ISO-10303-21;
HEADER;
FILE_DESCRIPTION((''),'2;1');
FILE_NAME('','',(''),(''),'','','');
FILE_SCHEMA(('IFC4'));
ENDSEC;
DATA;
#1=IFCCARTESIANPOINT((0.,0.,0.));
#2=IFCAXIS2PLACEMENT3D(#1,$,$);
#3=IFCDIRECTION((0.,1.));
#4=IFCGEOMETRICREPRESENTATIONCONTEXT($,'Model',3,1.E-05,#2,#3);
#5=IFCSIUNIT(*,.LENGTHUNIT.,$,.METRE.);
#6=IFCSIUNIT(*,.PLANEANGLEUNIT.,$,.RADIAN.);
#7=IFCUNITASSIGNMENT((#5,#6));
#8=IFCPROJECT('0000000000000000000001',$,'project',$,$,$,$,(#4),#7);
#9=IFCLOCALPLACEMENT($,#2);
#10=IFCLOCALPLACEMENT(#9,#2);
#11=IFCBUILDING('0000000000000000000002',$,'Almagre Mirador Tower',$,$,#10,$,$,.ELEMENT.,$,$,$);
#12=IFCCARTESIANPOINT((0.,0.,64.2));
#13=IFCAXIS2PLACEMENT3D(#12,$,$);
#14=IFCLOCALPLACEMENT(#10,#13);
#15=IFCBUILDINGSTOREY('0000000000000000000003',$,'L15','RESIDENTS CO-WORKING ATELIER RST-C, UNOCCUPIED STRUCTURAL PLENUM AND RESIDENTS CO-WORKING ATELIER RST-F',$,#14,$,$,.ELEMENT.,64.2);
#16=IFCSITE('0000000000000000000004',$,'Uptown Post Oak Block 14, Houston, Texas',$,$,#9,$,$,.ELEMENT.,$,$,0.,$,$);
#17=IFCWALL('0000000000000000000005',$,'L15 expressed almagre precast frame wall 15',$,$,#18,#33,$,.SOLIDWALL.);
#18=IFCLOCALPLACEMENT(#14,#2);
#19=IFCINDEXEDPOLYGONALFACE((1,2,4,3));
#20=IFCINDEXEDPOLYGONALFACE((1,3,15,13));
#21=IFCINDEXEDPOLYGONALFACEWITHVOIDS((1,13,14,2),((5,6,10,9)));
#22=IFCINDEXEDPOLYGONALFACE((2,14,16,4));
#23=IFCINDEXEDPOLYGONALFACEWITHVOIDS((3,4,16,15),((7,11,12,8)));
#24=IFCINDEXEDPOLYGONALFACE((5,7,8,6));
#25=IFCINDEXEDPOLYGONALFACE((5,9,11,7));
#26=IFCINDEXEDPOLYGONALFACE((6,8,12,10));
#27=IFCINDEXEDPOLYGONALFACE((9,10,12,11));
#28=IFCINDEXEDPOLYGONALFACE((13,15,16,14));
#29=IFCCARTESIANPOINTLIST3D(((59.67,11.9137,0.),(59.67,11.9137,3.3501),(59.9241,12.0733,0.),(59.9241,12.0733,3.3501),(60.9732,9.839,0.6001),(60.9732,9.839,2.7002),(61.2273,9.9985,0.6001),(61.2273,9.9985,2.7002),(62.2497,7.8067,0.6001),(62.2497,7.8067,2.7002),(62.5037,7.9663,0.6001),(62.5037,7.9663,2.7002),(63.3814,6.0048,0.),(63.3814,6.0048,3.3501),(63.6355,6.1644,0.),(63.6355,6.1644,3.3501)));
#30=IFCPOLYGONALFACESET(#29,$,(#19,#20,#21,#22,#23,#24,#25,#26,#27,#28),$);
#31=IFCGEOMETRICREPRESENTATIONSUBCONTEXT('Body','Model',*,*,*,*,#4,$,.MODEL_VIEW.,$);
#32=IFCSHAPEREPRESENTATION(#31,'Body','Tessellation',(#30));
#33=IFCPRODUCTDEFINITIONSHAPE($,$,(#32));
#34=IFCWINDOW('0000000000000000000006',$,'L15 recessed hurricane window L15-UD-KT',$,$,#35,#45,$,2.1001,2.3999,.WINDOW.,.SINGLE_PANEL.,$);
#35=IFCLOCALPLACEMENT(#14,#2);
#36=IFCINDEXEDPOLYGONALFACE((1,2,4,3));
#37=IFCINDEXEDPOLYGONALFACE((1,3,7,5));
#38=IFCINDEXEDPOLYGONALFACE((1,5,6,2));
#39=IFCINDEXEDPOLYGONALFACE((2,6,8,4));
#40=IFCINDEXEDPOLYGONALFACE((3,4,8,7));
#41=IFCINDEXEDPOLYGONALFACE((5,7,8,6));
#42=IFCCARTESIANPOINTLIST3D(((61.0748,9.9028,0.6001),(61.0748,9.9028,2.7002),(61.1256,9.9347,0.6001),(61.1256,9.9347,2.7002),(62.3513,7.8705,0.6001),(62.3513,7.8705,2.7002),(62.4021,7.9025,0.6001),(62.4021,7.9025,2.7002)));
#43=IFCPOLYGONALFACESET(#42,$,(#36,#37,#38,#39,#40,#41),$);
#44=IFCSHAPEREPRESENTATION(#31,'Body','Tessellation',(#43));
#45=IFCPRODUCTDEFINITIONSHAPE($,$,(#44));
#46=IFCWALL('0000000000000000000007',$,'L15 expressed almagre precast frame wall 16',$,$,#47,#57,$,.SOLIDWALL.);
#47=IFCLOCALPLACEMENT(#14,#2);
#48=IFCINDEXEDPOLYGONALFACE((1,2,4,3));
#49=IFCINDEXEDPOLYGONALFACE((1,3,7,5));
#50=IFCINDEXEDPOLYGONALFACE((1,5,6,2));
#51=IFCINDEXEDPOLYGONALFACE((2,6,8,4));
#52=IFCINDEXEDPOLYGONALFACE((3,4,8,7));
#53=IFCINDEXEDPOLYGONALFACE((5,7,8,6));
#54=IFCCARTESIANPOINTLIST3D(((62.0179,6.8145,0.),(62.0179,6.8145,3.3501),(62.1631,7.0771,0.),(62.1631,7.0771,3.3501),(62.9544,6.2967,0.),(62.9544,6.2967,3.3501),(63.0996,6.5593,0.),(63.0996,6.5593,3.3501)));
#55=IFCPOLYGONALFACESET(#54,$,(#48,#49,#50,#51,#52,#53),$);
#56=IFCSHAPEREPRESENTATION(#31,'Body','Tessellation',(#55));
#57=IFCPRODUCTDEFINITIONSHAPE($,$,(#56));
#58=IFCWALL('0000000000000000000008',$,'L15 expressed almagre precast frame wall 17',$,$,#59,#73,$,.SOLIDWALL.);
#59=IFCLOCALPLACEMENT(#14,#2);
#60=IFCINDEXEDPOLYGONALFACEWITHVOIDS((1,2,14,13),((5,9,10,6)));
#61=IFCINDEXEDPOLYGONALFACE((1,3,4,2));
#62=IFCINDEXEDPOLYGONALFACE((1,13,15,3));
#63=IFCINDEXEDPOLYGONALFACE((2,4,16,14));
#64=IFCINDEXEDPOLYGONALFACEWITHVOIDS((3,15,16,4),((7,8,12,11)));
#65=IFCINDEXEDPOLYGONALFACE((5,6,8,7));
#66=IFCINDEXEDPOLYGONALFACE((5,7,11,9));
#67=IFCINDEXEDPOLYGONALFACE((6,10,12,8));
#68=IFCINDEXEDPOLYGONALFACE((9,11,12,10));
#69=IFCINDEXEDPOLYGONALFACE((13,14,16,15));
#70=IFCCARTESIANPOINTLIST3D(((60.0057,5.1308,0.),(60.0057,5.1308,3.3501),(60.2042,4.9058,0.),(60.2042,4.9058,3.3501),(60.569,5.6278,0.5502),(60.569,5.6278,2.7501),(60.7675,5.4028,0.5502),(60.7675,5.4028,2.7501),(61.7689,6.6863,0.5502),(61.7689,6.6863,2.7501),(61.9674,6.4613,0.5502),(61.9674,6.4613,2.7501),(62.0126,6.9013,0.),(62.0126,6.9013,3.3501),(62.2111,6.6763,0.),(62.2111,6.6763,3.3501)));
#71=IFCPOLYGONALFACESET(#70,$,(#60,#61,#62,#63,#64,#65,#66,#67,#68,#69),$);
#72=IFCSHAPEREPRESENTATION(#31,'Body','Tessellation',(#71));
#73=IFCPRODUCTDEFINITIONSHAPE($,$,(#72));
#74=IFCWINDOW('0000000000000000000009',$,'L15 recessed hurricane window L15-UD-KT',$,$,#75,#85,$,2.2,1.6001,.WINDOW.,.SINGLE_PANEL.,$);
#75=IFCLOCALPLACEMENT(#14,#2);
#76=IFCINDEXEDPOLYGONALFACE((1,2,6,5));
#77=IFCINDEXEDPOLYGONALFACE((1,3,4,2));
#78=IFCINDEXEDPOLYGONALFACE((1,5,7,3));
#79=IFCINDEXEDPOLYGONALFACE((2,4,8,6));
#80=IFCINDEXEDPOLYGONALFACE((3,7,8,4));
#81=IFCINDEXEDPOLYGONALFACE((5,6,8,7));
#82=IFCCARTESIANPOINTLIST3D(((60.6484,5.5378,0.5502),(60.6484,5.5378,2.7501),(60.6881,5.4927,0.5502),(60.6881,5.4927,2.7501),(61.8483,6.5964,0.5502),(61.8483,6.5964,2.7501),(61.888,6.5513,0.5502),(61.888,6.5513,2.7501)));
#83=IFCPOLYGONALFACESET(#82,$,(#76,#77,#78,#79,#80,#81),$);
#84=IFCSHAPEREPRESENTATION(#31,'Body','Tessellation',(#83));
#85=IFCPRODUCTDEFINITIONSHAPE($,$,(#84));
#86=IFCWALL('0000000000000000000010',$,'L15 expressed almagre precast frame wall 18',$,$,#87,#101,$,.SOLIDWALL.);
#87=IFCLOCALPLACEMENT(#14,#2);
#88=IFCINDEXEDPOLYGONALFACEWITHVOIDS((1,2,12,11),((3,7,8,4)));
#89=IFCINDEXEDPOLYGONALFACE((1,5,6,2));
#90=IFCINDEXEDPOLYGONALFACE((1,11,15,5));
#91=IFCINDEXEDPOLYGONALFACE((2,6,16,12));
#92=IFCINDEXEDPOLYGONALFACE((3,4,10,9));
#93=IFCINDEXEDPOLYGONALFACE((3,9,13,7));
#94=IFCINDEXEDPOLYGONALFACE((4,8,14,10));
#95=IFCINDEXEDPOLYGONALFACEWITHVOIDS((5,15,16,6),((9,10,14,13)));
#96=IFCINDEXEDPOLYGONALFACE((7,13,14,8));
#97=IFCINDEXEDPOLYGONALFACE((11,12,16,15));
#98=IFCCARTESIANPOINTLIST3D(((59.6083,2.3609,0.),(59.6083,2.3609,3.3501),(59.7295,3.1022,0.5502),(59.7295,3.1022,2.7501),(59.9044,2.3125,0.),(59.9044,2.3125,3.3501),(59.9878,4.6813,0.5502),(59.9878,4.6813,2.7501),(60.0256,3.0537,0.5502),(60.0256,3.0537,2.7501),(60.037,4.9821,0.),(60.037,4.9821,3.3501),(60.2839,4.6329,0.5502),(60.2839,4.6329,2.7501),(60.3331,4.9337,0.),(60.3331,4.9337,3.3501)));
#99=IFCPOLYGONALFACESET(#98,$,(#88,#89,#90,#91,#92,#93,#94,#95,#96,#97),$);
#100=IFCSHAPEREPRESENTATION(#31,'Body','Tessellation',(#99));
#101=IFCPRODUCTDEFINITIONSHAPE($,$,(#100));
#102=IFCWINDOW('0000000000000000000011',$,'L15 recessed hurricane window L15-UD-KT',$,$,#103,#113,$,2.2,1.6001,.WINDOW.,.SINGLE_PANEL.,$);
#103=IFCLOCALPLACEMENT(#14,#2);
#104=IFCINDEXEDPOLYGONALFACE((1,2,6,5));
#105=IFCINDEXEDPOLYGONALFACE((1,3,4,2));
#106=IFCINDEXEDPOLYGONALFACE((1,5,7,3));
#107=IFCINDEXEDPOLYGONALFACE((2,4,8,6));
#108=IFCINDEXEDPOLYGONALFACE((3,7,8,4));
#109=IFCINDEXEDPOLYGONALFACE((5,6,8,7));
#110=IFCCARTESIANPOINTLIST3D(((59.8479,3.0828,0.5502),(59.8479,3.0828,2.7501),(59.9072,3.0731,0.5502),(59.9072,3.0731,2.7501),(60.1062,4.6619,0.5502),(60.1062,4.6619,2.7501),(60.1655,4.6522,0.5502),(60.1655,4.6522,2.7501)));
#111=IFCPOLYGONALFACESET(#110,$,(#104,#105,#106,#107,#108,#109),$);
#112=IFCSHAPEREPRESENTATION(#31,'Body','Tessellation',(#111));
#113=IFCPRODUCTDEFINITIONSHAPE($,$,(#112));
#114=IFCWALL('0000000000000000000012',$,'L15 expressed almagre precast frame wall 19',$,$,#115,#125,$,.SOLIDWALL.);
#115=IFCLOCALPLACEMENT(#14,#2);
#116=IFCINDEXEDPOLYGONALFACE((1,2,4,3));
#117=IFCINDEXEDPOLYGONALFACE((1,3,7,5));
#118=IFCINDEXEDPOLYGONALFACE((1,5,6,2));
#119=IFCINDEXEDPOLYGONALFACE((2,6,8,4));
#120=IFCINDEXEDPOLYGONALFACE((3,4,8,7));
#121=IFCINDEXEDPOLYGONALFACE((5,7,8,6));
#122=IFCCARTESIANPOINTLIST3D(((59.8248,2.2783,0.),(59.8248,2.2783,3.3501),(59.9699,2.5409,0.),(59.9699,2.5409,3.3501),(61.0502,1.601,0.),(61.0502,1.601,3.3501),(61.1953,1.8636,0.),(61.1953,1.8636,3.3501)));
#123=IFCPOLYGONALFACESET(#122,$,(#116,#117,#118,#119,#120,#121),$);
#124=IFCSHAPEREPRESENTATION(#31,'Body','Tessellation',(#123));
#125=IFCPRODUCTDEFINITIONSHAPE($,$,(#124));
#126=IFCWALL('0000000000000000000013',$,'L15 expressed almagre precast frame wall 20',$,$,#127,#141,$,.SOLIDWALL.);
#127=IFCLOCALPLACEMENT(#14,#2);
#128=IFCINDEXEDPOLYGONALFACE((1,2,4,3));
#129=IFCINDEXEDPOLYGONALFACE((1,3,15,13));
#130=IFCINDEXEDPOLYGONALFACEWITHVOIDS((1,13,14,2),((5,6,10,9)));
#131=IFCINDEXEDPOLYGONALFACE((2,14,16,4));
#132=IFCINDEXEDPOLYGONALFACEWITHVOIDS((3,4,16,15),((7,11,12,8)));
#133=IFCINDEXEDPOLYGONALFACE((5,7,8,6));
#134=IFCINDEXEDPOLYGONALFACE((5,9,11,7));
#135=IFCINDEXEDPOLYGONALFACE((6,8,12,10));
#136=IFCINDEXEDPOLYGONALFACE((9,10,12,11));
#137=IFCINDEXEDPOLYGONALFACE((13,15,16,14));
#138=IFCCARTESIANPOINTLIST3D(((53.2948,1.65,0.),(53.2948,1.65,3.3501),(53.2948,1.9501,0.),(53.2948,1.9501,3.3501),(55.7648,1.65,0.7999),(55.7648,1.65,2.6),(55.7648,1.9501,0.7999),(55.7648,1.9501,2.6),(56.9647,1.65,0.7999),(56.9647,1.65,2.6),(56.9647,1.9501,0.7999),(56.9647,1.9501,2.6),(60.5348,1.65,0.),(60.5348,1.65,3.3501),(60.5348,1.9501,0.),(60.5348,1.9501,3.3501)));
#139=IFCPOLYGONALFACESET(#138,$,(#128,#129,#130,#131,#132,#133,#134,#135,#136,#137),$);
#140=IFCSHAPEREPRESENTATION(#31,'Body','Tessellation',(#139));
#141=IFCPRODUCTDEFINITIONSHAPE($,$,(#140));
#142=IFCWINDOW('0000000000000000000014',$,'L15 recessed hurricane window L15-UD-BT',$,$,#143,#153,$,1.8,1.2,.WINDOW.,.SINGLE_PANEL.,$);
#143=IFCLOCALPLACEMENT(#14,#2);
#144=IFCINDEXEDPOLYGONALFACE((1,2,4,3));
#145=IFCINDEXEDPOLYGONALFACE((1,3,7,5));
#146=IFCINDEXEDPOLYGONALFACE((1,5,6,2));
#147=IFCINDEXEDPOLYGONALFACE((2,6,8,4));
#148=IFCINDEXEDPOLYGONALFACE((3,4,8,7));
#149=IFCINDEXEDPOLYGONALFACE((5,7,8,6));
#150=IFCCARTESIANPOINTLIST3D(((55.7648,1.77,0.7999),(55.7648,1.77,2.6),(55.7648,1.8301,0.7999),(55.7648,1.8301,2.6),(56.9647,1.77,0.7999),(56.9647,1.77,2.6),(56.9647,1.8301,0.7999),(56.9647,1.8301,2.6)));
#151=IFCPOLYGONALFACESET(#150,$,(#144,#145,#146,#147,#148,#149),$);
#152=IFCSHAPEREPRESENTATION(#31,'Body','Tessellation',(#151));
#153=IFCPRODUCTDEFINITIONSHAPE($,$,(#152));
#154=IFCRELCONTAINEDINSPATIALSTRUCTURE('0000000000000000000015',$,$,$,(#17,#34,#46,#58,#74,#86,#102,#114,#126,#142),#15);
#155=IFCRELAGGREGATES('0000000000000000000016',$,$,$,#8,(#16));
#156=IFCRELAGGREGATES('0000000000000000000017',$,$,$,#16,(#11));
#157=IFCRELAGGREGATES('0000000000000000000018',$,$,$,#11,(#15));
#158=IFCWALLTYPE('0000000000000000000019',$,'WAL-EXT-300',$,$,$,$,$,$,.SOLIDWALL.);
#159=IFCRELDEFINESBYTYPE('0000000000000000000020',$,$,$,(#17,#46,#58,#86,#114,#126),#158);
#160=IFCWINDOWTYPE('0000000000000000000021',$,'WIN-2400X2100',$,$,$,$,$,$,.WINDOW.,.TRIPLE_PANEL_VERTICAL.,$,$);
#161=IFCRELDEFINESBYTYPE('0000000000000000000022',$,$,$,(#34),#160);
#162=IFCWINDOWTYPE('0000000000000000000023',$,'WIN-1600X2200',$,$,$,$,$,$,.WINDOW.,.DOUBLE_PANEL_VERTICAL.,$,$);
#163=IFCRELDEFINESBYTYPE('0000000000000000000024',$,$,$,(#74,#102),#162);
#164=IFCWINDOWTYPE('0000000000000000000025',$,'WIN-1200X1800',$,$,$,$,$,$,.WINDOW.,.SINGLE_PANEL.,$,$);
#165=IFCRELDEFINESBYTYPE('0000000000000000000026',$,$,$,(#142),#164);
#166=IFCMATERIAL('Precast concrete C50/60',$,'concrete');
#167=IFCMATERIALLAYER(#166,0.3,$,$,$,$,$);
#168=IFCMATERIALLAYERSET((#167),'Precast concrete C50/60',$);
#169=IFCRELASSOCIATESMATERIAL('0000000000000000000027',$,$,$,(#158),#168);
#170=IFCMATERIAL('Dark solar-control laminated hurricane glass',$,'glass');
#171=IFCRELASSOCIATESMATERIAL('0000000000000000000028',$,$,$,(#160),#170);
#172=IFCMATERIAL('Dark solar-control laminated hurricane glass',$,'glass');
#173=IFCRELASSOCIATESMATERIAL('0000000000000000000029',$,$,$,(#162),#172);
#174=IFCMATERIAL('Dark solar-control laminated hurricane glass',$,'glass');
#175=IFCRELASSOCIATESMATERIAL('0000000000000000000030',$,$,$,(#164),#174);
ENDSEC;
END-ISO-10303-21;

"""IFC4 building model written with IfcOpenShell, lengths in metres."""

from ifc_helpers import new_model, si_unit, direction, frame, frame_2d, origin, place, context, subcontext, project, spatial, rectangle, extrude, material, layer, layer_set, type_object, element, fill, save


model = new_model("IFC4")

# Units and contexts
model_context = context("Model", 3, precision=1e-05, world=origin(), true_north=direction((0.0, 1.0)))
body_context = subcontext(model_context, "Body", "Model", "MODEL_VIEW")
ifc_project = project(units=[si_unit("LENGTHUNIT", "METRE"), si_unit("PLANEANGLEUNIT", "RADIAN")], contexts=[model_context])

# Site, building, storey
site_placement = place(None, origin())
site = spatial("IfcSite", under=ifc_project, at=site_placement, Name="Uptown Post Oak Block 14, Houston, Texas", CompositionType="ELEMENT", RefElevation=0.0)
building_placement = place(site_placement, origin())
building = spatial("IfcBuilding", under=site, at=building_placement, Name="Almagre Mirador Tower", CompositionType="ELEMENT")
storey_placement = place(building_placement, frame((0.0, 0.0, 64.2)))
storey = spatial("IfcBuildingStorey", under=building, at=storey_placement, Name="L15", Description="RESIDENTS CO-WORKING ATELIER RST-C, UNOCCUPIED STRUCTURAL PLENUM AND RESIDENTS CO-WORKING ATELIER RST-F", CompositionType="ELEMENT", Elevation=64.2)

# Wall, opening, window
ifc_material_1 = material(Name="Precast concrete C50/60", Category="concrete")
ifc_layer_1 = layer(ifc_material_1, 0.3)
ifc_layer_set_1 = layer_set([ifc_layer_1], Name="Precast concrete C50/60")
wall_type_1 = type_object("IfcWallType", Name="WAL-EXT-300", PredefinedType="SOLIDWALL", material=ifc_layer_set_1)
wall_1_placement = place(storey_placement, frame((59.7971, 11.9934, 0.0), z_axis=(0.0, 0.0, 1.0), x_axis=(0.531888, -0.846815, 0.0)))
wall_1 = element("IfcWall", 1, at=wall_1_placement, inside=storey, type_object=wall_type_1, Name="L15 expressed almagre precast frame wall 15", PredefinedType="SOLIDWALL", context=body_context, shape_type="SweptSolid", body=[
    extrude(rectangle(XDim=6.9778, YDim=0.3, at=frame_2d((3.4888, 0.0))), origin(), (0.0, 0.0, 1.0), 3.3501),
])
opening_1_placement = place(wall_1_placement, frame((2.45, 0.0, 0.6001)))
opening_1 = element("IfcOpeningElement", 2, at=opening_1_placement, cuts=wall_1, PredefinedType="OPENING", context=body_context, shape_type="SweptSolid", body=[
    extrude(rectangle(XDim=2.3999, YDim=2.1001, at=frame_2d((1.2, 1.05))), frame((0.0, 0.1599, 0.0), z_axis=(0.0, -1.0, 0.0), x_axis=(1.0, 0.0, 0.0)), (0.0, 0.0, 1.0), 0.32),
])
ifc_material_2 = material(Name="Dark solar-control laminated hurricane glass", Category="glass")
window_type_1 = type_object("IfcWindowType", Name="WIN-2400X2100", PartitioningType="TRIPLE_PANEL_VERTICAL", PredefinedType="WINDOW", material=ifc_material_2)
window_1_placement = place(opening_1_placement, origin())
window_1 = element("IfcWindow", 3, at=window_1_placement, inside=storey, type_object=window_type_1, Name="L15 recessed hurricane window L15-UD-KT", OverallHeight=2.1001, OverallWidth=2.3999, PartitioningType="SINGLE_PANEL", PredefinedType="WINDOW", context=body_context, shape_type="SweptSolid", body=[
    extrude(rectangle(XDim=2.3999, YDim=2.1001, at=frame_2d((1.2, 1.05))), frame((0.0, 0.03, 0.0), z_axis=(0.0, -1.0, 0.0), x_axis=(1.0, 0.0, 0.0)), (0.0, 0.0, 1.0), 0.0601),
])
fill(opening_1, window_1)

# Wall
wall_2_placement = place(storey_placement, frame((63.0271, 6.428, 0.0), z_axis=(0.0, 0.0, 1.0), x_axis=(-0.875135, 0.483879, 0.0)))
element("IfcWall", 4, at=wall_2_placement, inside=storey, type_object=wall_type_1, Name="L15 expressed almagre precast frame wall 16", PredefinedType="SOLIDWALL", context=body_context, shape_type="SweptSolid", body=[
    extrude(rectangle(XDim=1.0701, YDim=0.3, at=frame_2d((0.5352, 0.0))), origin(), (0.0, 0.0, 1.0), 3.3501),
])

# Walls, openings, windows
wall_3_placement = place(storey_placement, frame((62.1118, 6.7888, 0.0), z_axis=(0.0, 0.0, 1.0), x_axis=(-0.74988, -0.661573, 0.0)))
wall_3 = element("IfcWall", 5, at=wall_3_placement, inside=storey, type_object=wall_type_1, Name="L15 expressed almagre precast frame wall 17", PredefinedType="SOLIDWALL", context=body_context, shape_type="SweptSolid", body=[
    extrude(rectangle(XDim=2.6763, YDim=0.3, at=frame_2d((1.3381, 0.0))), origin(), (0.0, 0.0, 1.0), 3.3501),
])
opening_2_placement = place(wall_3_placement, frame((0.325, 0.0, 0.55)))
opening_2 = element("IfcOpeningElement", 6, at=opening_2_placement, cuts=wall_3, PredefinedType="OPENING", context=body_context, shape_type="SweptSolid", body=[
    extrude(rectangle(XDim=1.6001, YDim=2.2, at=frame_2d((0.8, 1.1001))), frame((0.0, 0.1599, 0.0), z_axis=(0.0, -1.0, 0.0), x_axis=(1.0, 0.0, 0.0)), (0.0, 0.0, 1.0), 0.32),
])
ifc_material_3 = material(Name="Dark solar-control laminated hurricane glass", Category="glass")
window_type_2 = type_object("IfcWindowType", Name="WIN-1600X2200", PartitioningType="DOUBLE_PANEL_VERTICAL", PredefinedType="WINDOW", material=ifc_material_3)
window_2_placement = place(opening_2_placement, origin())
window_2 = element("IfcWindow", 7, at=window_2_placement, inside=storey, type_object=window_type_2, Name="L15 recessed hurricane window L15-UD-KT", OverallHeight=2.2, OverallWidth=1.6001, PartitioningType="SINGLE_PANEL", PredefinedType="WINDOW", context=body_context, shape_type="SweptSolid", body=[
    extrude(rectangle(XDim=1.6001, YDim=2.2, at=frame_2d((0.8, 1.1001))), frame((0.0, 0.03, 0.0), z_axis=(0.0, -1.0, 0.0), x_axis=(1.0, 0.0, 0.0)), (0.0, 0.0, 1.0), 0.0601),
])
fill(opening_2, window_2)
wall_4_placement = place(storey_placement, frame((60.1851, 4.958, 0.0), z_axis=(0.0, 0.0, 1.0), x_axis=(-0.161417, -0.986886, 0.0)))
wall_4 = element("IfcWall", 8, at=wall_4_placement, inside=storey, type_object=wall_type_1, Name="L15 expressed almagre precast frame wall 18", PredefinedType="SOLIDWALL", context=body_context, shape_type="SweptSolid", body=[
    extrude(rectangle(XDim=2.656, YDim=0.3, at=frame_2d((1.3281, 0.0))), origin(), (0.0, 0.0, 1.0), 3.3501),
])
opening_3_placement = place(wall_4_placement, frame((0.3049, 0.0, 0.55)))
opening_3 = element("IfcOpeningElement", 9, at=opening_3_placement, cuts=wall_4, PredefinedType="OPENING", context=body_context, shape_type="SweptSolid", body=[
    extrude(rectangle(XDim=1.6001, YDim=2.2, at=frame_2d((0.8, 1.1001))), frame((0.0, 0.1599, 0.0), z_axis=(0.0, -1.0, 0.0), x_axis=(1.0, 0.0, 0.0)), (0.0, 0.0, 1.0), 0.32),
])
window_3_placement = place(opening_3_placement, origin())
window_3 = element("IfcWindow", 10, at=window_3_placement, inside=storey, type_object=window_type_2, Name="L15 recessed hurricane window L15-UD-KT", OverallHeight=2.2, OverallWidth=1.6001, PartitioningType="SINGLE_PANEL", PredefinedType="WINDOW", context=body_context, shape_type="SweptSolid", body=[
    extrude(rectangle(XDim=1.6001, YDim=2.2, at=frame_2d((0.8, 1.1001))), frame((0.0, 0.03, 0.0), z_axis=(0.0, -1.0, 0.0), x_axis=(1.0, 0.0, 0.0)), (0.0, 0.0, 1.0), 0.0601),
])
fill(opening_3, window_3)

# Wall
wall_5_placement = place(storey_placement, frame((59.8972, 2.4097, 0.0), z_axis=(0.0, 0.0, 1.0), x_axis=(0.875216, -0.483732, 0.0)))
element("IfcWall", 11, at=wall_5_placement, inside=storey, type_object=wall_type_1, Name="L15 expressed almagre precast frame wall 19", PredefinedType="SOLIDWALL", context=body_context, shape_type="SweptSolid", body=[
    extrude(rectangle(XDim=1.4001, YDim=0.3, at=frame_2d((0.7002, 0.0))), origin(), (0.0, 0.0, 1.0), 3.3501),
])

# Wall, opening, window
wall_6_placement = place(storey_placement, frame((60.5349, 1.8, 0.0), z_axis=(0.0, 0.0, 1.0), x_axis=(-1.0, 0.0, 0.0)))
wall_6 = element("IfcWall", 12, at=wall_6_placement, inside=storey, type_object=wall_type_1, Name="L15 expressed almagre precast frame wall 20", PredefinedType="SOLIDWALL", context=body_context, shape_type="SweptSolid", body=[
    extrude(rectangle(XDim=7.24, YDim=0.3, at=frame_2d((3.6201, 0.0))), origin(), (0.0, 0.0, 1.0), 3.3501),
])
opening_4_placement = place(wall_6_placement, frame((3.5701, 0.0, 0.8)))
opening_4 = element("IfcOpeningElement", 13, at=opening_4_placement, cuts=wall_6, PredefinedType="OPENING", context=body_context, shape_type="SweptSolid", body=[
    extrude(rectangle(XDim=1.2, YDim=1.8, at=frame_2d((0.6001, 0.8999))), frame((0.0, 0.1599, 0.0), z_axis=(0.0, -1.0, 0.0), x_axis=(1.0, 0.0, 0.0)), (0.0, 0.0, 1.0), 0.32),
])
ifc_material_4 = material(Name="Dark solar-control laminated hurricane glass", Category="glass")
window_type_3 = type_object("IfcWindowType", Name="WIN-1200X1800", PartitioningType="SINGLE_PANEL", PredefinedType="WINDOW", material=ifc_material_4)
window_4_placement = place(opening_4_placement, origin())
window_4 = element("IfcWindow", 14, at=window_4_placement, inside=storey, type_object=window_type_3, Name="L15 recessed hurricane window L15-UD-BT", OverallHeight=1.8, OverallWidth=1.2, PartitioningType="SINGLE_PANEL", PredefinedType="WINDOW", context=body_context, shape_type="SweptSolid", body=[
    extrude(rectangle(XDim=1.2, YDim=1.8, at=frame_2d((0.6001, 0.8999))), frame((0.0, 0.03, 0.0), z_axis=(0.0, -1.0, 0.0), x_axis=(1.0, 0.0, 0.0)), (0.0, 0.0, 1.0), 0.0601),
])
fill(opening_4, window_4)

save(model, "model.ifc")
